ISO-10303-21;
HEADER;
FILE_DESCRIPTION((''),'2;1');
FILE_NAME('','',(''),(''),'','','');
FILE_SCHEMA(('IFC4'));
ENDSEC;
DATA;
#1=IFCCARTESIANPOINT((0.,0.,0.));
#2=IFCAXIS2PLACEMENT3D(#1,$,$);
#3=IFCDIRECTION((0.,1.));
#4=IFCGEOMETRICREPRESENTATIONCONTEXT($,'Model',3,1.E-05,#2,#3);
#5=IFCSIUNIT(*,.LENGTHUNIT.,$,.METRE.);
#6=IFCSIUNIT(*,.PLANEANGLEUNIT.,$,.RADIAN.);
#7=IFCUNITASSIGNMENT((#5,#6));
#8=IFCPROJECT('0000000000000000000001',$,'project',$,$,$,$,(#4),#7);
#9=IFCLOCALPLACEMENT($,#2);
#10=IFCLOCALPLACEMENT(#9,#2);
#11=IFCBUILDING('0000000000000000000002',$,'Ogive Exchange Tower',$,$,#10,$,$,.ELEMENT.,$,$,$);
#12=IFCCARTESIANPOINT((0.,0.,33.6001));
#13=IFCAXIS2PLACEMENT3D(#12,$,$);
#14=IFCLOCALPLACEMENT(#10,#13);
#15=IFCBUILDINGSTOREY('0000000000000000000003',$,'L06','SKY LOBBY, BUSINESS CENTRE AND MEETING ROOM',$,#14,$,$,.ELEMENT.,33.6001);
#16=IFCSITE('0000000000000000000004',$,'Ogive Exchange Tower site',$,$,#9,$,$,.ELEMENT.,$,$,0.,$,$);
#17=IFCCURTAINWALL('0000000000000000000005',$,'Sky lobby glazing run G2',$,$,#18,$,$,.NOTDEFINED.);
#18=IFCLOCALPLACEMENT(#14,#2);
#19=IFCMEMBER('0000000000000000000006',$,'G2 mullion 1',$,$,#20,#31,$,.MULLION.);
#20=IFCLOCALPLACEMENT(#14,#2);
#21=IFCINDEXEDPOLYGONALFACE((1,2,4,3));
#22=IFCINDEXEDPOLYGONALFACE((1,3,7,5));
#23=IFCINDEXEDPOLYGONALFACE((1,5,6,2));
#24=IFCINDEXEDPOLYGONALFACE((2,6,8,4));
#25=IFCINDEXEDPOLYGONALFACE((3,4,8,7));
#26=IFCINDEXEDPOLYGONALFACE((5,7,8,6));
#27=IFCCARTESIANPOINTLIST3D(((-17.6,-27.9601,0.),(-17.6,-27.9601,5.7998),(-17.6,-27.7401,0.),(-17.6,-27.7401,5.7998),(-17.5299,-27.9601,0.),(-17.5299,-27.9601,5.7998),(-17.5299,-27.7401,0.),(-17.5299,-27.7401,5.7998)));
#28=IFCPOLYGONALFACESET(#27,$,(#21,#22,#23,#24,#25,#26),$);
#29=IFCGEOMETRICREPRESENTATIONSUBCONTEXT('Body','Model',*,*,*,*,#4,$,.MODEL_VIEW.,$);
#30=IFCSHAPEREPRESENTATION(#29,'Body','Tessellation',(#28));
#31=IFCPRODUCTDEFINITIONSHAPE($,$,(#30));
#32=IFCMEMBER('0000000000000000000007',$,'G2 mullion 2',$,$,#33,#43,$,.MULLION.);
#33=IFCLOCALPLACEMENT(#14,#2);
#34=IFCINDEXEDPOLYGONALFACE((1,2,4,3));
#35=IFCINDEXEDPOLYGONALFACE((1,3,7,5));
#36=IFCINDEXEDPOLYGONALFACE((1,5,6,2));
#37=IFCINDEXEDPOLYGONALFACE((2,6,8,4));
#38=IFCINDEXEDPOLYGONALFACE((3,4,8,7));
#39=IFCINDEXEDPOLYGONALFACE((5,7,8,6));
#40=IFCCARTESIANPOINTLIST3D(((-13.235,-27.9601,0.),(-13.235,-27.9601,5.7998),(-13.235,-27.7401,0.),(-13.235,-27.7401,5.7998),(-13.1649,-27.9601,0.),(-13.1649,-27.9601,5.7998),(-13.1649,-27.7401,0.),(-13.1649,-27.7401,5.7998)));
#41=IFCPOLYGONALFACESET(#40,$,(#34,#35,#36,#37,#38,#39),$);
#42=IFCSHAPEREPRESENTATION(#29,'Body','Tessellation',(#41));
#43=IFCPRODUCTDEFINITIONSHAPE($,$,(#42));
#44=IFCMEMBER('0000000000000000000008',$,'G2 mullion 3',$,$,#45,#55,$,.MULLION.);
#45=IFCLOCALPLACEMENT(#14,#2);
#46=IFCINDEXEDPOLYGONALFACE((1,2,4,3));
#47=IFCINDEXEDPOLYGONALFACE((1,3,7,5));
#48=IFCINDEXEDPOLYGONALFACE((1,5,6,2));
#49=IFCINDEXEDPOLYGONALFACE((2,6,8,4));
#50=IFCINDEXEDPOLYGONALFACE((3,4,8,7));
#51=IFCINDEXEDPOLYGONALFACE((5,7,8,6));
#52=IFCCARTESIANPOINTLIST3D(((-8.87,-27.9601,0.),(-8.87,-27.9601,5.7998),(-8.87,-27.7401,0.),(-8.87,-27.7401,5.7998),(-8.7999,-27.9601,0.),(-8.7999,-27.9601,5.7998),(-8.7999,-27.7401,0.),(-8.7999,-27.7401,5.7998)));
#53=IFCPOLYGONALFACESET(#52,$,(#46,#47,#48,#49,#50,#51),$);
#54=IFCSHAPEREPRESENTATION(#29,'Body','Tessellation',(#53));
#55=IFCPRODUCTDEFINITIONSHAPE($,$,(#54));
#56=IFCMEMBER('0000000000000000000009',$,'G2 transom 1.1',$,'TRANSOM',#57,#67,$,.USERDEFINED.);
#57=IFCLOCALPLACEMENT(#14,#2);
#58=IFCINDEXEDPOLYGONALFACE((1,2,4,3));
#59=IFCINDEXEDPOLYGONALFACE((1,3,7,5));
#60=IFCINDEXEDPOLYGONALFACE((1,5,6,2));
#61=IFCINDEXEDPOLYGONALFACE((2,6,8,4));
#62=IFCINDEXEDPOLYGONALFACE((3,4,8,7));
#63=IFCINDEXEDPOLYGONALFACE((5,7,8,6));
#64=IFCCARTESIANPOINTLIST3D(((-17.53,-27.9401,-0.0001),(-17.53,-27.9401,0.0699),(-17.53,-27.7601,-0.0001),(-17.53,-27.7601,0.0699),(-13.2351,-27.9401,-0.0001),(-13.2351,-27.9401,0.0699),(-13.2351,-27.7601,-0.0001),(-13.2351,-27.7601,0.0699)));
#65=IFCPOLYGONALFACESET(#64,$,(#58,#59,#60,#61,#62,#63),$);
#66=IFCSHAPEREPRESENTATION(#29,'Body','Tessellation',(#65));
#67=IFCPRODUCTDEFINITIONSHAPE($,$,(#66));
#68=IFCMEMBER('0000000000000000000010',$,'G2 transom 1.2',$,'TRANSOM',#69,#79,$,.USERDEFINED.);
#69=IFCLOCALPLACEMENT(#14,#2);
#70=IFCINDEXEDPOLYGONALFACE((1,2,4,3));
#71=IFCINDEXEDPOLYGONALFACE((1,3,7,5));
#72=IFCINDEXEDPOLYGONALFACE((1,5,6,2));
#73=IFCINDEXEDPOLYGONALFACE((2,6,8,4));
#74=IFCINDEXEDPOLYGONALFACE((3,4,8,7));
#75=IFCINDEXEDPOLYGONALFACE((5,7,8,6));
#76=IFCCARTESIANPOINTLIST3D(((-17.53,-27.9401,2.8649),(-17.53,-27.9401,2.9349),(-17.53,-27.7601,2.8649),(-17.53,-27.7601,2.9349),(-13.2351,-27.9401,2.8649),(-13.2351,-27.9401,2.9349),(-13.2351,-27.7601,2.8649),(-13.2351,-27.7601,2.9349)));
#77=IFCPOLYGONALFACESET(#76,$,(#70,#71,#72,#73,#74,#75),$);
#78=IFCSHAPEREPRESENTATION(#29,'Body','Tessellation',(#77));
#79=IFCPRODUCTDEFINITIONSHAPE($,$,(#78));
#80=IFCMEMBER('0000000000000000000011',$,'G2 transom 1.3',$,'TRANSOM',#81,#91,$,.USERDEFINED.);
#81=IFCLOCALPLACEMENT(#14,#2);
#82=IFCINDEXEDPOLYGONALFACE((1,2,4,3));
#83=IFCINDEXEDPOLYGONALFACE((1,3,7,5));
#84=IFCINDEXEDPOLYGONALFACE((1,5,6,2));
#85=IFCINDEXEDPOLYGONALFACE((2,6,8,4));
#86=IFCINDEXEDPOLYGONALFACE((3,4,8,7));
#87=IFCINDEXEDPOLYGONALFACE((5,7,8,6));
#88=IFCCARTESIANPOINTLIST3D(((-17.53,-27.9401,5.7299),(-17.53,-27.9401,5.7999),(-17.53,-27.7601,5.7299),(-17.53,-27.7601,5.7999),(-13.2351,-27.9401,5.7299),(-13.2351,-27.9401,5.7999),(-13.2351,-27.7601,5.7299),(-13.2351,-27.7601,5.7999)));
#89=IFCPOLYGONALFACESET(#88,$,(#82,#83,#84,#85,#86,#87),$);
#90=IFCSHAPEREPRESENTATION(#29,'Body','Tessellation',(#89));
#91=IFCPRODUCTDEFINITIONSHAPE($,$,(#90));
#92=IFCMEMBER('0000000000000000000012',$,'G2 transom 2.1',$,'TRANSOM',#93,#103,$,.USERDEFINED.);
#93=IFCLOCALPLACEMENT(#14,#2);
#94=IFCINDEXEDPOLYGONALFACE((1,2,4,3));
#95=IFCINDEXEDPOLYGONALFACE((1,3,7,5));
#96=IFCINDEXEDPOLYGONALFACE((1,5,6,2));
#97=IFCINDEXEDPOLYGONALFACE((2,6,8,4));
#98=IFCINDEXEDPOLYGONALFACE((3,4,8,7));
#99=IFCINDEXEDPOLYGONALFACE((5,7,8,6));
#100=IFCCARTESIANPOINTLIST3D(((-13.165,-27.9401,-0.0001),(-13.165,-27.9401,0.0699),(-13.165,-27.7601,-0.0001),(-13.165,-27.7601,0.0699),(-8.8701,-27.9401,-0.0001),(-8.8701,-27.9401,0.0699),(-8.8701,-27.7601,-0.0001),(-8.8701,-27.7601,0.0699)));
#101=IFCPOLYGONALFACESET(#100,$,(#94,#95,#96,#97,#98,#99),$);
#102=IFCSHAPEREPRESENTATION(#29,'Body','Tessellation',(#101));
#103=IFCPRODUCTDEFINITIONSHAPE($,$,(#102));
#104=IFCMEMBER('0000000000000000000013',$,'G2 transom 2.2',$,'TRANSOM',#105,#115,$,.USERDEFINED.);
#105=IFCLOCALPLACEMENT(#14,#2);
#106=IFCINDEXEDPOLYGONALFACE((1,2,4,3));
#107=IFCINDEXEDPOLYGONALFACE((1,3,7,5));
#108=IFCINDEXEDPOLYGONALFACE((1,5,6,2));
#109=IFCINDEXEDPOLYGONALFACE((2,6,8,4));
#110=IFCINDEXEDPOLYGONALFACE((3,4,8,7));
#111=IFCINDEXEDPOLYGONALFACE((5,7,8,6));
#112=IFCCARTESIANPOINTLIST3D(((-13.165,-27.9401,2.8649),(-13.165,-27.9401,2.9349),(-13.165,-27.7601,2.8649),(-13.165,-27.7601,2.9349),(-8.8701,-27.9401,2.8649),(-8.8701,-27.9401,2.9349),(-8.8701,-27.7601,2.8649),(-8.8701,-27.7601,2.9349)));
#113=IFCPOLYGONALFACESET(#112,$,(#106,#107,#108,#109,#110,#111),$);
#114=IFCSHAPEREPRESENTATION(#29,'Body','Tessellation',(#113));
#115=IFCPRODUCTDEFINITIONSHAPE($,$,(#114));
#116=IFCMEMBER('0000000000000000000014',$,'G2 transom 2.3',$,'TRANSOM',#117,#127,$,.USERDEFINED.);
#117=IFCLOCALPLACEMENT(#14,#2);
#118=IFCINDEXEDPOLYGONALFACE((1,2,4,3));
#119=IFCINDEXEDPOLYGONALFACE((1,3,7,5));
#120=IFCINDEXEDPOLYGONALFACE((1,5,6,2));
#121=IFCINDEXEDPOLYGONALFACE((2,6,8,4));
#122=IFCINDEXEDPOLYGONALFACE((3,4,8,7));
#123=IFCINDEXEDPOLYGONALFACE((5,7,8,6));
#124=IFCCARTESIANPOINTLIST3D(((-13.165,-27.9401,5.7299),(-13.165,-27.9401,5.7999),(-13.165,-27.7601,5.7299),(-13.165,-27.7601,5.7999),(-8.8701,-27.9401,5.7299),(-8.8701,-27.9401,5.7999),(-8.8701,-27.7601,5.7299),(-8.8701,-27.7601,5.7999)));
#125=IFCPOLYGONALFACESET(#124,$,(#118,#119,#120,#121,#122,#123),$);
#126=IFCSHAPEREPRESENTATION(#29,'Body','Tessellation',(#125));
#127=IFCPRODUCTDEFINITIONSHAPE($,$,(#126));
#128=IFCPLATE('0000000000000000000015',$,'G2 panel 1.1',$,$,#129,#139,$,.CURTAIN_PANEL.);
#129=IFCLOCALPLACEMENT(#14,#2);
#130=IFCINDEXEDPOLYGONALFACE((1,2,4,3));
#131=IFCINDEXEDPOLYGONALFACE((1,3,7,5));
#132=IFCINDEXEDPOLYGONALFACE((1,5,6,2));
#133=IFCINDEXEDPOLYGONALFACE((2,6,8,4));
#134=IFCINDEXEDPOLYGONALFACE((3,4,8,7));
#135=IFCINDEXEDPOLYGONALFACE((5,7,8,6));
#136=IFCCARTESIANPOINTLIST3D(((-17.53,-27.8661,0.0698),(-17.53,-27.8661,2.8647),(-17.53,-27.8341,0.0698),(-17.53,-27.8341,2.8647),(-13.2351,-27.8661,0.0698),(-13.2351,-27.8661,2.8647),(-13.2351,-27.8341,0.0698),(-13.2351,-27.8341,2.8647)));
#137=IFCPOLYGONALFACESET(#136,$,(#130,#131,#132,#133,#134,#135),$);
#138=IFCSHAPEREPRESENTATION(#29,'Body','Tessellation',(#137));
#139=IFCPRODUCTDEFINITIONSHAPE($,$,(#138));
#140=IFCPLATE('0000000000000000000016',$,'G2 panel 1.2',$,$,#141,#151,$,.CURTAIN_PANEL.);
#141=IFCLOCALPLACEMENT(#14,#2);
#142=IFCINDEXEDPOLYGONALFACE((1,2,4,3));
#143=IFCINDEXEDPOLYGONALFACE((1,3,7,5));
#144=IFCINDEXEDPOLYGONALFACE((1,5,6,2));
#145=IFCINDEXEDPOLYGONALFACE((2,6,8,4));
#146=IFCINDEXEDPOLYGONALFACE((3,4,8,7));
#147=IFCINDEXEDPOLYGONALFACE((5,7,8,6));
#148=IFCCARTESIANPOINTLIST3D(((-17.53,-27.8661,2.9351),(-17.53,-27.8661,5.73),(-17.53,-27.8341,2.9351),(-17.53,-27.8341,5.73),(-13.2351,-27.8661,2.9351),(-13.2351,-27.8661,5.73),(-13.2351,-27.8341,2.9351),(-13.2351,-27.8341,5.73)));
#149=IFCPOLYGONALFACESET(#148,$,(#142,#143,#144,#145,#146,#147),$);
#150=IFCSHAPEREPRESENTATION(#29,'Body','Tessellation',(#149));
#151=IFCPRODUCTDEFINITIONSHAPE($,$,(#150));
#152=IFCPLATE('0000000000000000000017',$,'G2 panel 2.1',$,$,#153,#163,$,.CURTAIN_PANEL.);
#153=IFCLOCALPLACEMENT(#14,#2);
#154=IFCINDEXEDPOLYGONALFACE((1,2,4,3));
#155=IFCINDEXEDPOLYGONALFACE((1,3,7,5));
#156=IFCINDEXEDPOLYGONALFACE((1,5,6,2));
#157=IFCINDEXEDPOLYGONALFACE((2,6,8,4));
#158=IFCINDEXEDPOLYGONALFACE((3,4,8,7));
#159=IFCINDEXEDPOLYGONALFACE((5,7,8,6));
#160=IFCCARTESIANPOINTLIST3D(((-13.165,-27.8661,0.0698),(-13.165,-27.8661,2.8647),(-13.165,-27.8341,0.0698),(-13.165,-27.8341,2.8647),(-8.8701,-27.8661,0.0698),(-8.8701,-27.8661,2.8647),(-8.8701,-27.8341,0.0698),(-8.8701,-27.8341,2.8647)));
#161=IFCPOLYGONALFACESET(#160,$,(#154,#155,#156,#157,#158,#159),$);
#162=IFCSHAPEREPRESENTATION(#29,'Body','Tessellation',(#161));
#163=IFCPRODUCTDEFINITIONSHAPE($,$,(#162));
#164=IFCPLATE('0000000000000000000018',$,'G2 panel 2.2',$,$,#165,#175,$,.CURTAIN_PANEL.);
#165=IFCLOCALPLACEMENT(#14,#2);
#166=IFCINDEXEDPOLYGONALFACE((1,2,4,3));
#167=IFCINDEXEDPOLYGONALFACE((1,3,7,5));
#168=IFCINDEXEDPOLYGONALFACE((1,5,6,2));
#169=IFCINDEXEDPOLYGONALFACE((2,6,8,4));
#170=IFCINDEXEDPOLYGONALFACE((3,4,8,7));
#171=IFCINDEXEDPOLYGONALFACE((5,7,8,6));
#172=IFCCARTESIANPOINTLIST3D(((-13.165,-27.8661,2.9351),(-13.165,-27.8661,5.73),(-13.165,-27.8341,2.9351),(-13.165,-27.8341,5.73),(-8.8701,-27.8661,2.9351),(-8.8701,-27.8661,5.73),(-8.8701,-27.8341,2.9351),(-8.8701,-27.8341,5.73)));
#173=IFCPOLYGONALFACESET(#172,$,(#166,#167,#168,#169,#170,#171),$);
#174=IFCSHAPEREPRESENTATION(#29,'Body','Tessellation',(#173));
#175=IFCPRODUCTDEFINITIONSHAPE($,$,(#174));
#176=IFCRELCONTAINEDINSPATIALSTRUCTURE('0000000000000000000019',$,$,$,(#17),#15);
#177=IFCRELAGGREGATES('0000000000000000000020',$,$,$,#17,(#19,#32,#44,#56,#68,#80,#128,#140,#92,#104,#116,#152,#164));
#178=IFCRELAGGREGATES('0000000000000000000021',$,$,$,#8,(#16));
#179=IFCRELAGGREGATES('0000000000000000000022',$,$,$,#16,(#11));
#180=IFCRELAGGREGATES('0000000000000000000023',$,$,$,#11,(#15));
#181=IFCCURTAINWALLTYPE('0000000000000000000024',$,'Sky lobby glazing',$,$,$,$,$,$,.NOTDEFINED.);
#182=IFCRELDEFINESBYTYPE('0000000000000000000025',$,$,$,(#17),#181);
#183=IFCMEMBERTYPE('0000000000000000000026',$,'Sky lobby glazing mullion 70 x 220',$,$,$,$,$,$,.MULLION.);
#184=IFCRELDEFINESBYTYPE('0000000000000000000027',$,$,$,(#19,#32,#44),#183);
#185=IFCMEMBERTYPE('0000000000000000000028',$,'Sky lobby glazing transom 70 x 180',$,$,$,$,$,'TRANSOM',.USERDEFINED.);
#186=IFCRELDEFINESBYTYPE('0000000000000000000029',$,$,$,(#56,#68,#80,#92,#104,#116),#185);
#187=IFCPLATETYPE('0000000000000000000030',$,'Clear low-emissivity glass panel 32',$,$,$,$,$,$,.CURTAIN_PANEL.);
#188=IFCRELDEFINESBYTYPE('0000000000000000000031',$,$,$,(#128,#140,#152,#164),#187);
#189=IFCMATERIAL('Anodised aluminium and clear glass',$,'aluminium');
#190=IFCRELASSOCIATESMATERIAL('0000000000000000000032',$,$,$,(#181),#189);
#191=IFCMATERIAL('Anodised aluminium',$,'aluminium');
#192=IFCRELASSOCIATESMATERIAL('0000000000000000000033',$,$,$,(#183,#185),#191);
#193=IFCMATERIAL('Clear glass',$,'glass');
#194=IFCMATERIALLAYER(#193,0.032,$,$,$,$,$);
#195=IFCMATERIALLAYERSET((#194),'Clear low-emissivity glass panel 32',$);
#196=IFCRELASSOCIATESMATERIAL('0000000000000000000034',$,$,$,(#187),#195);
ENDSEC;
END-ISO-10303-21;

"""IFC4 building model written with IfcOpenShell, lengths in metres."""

from ifc_helpers import new_model, si_unit, direction, frame, origin, origin_2d, place, context, subcontext, project, spatial, rectangle, extrude, material, layer, layer_set, material_profile, profile_set, type_object, element, aggregate, save


model = new_model("IFC4")

# Units and contexts
model_context = context("Model", 3, precision=1e-05, world=origin(), true_north=direction((0.0, 1.0)))
body_context = subcontext(model_context, "Body", "Model", "MODEL_VIEW")
ifc_project = project(units=[si_unit("LENGTHUNIT", "METRE"), si_unit("PLANEANGLEUNIT", "RADIAN")], contexts=[model_context])

# Site, building, storey
site_placement = place(None, origin())
site = spatial("IfcSite", under=ifc_project, at=site_placement, Name="Ogive Exchange Tower site", CompositionType="ELEMENT", RefElevation=0.0)
building_placement = place(site_placement, origin())
building = spatial("IfcBuilding", under=site, at=building_placement, Name="Ogive Exchange Tower", CompositionType="ELEMENT")
storey_placement = place(building_placement, frame((0.0, 0.0, 33.6001)))
storey = spatial("IfcBuildingStorey", under=building, at=storey_placement, Name="L06", Description="SKY LOBBY, BUSINESS CENTRE AND MEETING ROOM", CompositionType="ELEMENT", Elevation=33.6001)

# Curtain wall, members, plates
ifc_material_1 = material(Name="Anodised aluminium and clear glass", Category="aluminium")
curtain_wall_type = type_object("IfcCurtainWallType", Name="Sky lobby glazing", PredefinedType="NOTDEFINED", material=ifc_material_1)
curtain_wall_placement = place(storey_placement, origin())
curtain_wall = element("IfcCurtainWall", 1, at=curtain_wall_placement, inside=storey, type_object=curtain_wall_type, Name="Sky lobby glazing run G2", PredefinedType="NOTDEFINED")
ifc_material_2 = material(Name="Anodised aluminium", Category="aluminium")
ifc_material_profile_1 = material_profile(ifc_material_2, rectangle(XDim=0.22, YDim=0.0701, at=origin_2d()), Name="AL 70x220")
ifc_profile_set_1 = profile_set([ifc_material_profile_1], Name="Anodised aluminium")
member_type_1 = type_object("IfcMemberType", Name="Sky lobby glazing mullion 70 x 220", PredefinedType="MULLION", material=ifc_profile_set_1)
member_1_placement = place(storey_placement, frame((-17.5649, -27.8501, 0.0), z_axis=(0.0, 0.0, 1.0), x_axis=(0.0, 1.0, 0.0)))
member_1 = element("IfcMember", 2, at=member_1_placement, type_object=member_type_1, Name="G2 mullion 1", PredefinedType="MULLION", context=body_context, shape_type="SweptSolid", body=[
    extrude(rectangle(XDim=0.22, YDim=0.0701, at=origin_2d()), origin(), (0.0, 0.0, 1.0), 5.7998),
])
member_2_placement = place(storey_placement, frame((-13.2, -27.8501, 0.0), z_axis=(0.0, 0.0, 1.0), x_axis=(0.0, 1.0, 0.0)))
member_2 = element("IfcMember", 3, at=member_2_placement, type_object=member_type_1, Name="G2 mullion 2", PredefinedType="MULLION", context=body_context, shape_type="SweptSolid", body=[
    extrude(rectangle(XDim=0.22, YDim=0.0701, at=origin_2d()), origin(), (0.0, 0.0, 1.0), 5.7998),
])
member_3_placement = place(storey_placement, frame((-8.835, -27.8501, 0.0), z_axis=(0.0, 0.0, 1.0), x_axis=(0.0, 1.0, 0.0)))
member_3 = element("IfcMember", 4, at=member_3_placement, type_object=member_type_1, Name="G2 mullion 3", PredefinedType="MULLION", context=body_context, shape_type="SweptSolid", body=[
    extrude(rectangle(XDim=0.22, YDim=0.0701, at=origin_2d()), origin(), (0.0, 0.0, 1.0), 5.7998),
])
ifc_material_profile_2 = material_profile(ifc_material_2, rectangle(XDim=0.1799, YDim=0.0701, at=origin_2d()), Name="AL 70x180")
ifc_profile_set_2 = profile_set([ifc_material_profile_2], Name="Anodised aluminium")
member_type_2 = type_object("IfcMemberType", Name="Sky lobby glazing transom 70 x 180", ElementType="TRANSOM", PredefinedType="USERDEFINED", material=ifc_profile_set_2)
member_4_placement = place(storey_placement, frame((-17.53, -27.8501, 0.0349), z_axis=(1.0, 0.0, 0.0), x_axis=(0.0, 1.0, 0.0)))
member_4 = element("IfcMember", 5, at=member_4_placement, type_object=member_type_2, Name="G2 transom 1.1", ObjectType="TRANSOM", PredefinedType="USERDEFINED", context=body_context, shape_type="SweptSolid", body=[
    extrude(rectangle(XDim=0.1799, YDim=0.0701, at=origin_2d()), origin(), (0.0, 0.0, 1.0), 4.2949),
])
member_5_placement = place(storey_placement, frame((-17.53, -27.8501, 2.8999), z_axis=(1.0, 0.0, 0.0), x_axis=(0.0, 1.0, 0.0)))
member_5 = element("IfcMember", 6, at=member_5_placement, type_object=member_type_2, Name="G2 transom 1.2", ObjectType="TRANSOM", PredefinedType="USERDEFINED", context=body_context, shape_type="SweptSolid", body=[
    extrude(rectangle(XDim=0.1799, YDim=0.0701, at=origin_2d()), origin(), (0.0, 0.0, 1.0), 4.2949),
])
member_6_placement = place(storey_placement, frame((-17.53, -27.8501, 5.7649), z_axis=(1.0, 0.0, 0.0), x_axis=(0.0, 1.0, 0.0)))
member_6 = element("IfcMember", 7, at=member_6_placement, type_object=member_type_2, Name="G2 transom 1.3", ObjectType="TRANSOM", PredefinedType="USERDEFINED", context=body_context, shape_type="SweptSolid", body=[
    extrude(rectangle(XDim=0.1799, YDim=0.0701, at=origin_2d()), origin(), (0.0, 0.0, 1.0), 4.2949),
])
member_7_placement = place(storey_placement, frame((-13.165, -27.8501, 0.0349), z_axis=(1.0, 0.0, 0.0), x_axis=(0.0, 1.0, 0.0)))
member_7 = element("IfcMember", 8, at=member_7_placement, type_object=member_type_2, Name="G2 transom 2.1", ObjectType="TRANSOM", PredefinedType="USERDEFINED", context=body_context, shape_type="SweptSolid", body=[
    extrude(rectangle(XDim=0.1799, YDim=0.0701, at=origin_2d()), origin(), (0.0, 0.0, 1.0), 4.2949),
])
member_8_placement = place(storey_placement, frame((-13.165, -27.8501, 2.8999), z_axis=(1.0, 0.0, 0.0), x_axis=(0.0, 1.0, 0.0)))
member_8 = element("IfcMember", 9, at=member_8_placement, type_object=member_type_2, Name="G2 transom 2.2", ObjectType="TRANSOM", PredefinedType="USERDEFINED", context=body_context, shape_type="SweptSolid", body=[
    extrude(rectangle(XDim=0.1799, YDim=0.0701, at=origin_2d()), origin(), (0.0, 0.0, 1.0), 4.2949),
])
member_9_placement = place(storey_placement, frame((-13.165, -27.8501, 5.7649), z_axis=(1.0, 0.0, 0.0), x_axis=(0.0, 1.0, 0.0)))
member_9 = element("IfcMember", 10, at=member_9_placement, type_object=member_type_2, Name="G2 transom 2.3", ObjectType="TRANSOM", PredefinedType="USERDEFINED", context=body_context, shape_type="SweptSolid", body=[
    extrude(rectangle(XDim=0.1799, YDim=0.0701, at=origin_2d()), origin(), (0.0, 0.0, 1.0), 4.2949),
])
ifc_material_3 = material(Name="Clear glass", Category="glass")
ifc_layer_1 = layer(ifc_material_3, 0.032)
ifc_layer_set_1 = layer_set([ifc_layer_1], Name="Clear low-emissivity glass panel 32")
plate_type = type_object("IfcPlateType", Name="Clear low-emissivity glass panel 32", PredefinedType="CURTAIN_PANEL", material=ifc_layer_set_1)
plate_1_placement = place(storey_placement, frame((-15.3826, -27.8501, 0.0698), z_axis=(0.0, 0.0, 1.0), x_axis=(1.0, 0.0, 0.0)))
plate_1 = element("IfcPlate", 11, at=plate_1_placement, type_object=plate_type, Name="G2 panel 1.1", PredefinedType="CURTAIN_PANEL", context=body_context, shape_type="SweptSolid", body=[
    extrude(rectangle(XDim=4.2949, YDim=0.032, at=origin_2d()), origin(), (0.0, 0.0, 1.0), 2.7949),
])
plate_2_placement = place(storey_placement, frame((-15.3826, -27.8501, 2.9351), z_axis=(0.0, 0.0, 1.0), x_axis=(1.0, 0.0, 0.0)))
plate_2 = element("IfcPlate", 12, at=plate_2_placement, type_object=plate_type, Name="G2 panel 1.2", PredefinedType="CURTAIN_PANEL", context=body_context, shape_type="SweptSolid", body=[
    extrude(rectangle(XDim=4.2949, YDim=0.032, at=origin_2d()), origin(), (0.0, 0.0, 1.0), 2.7949),
])
plate_3_placement = place(storey_placement, frame((-11.0176, -27.8501, 0.0698), z_axis=(0.0, 0.0, 1.0), x_axis=(1.0, 0.0, 0.0)))
plate_3 = element("IfcPlate", 13, at=plate_3_placement, type_object=plate_type, Name="G2 panel 2.1", PredefinedType="CURTAIN_PANEL", context=body_context, shape_type="SweptSolid", body=[
    extrude(rectangle(XDim=4.2949, YDim=0.032, at=origin_2d()), origin(), (0.0, 0.0, 1.0), 2.7949),
])
plate_4_placement = place(storey_placement, frame((-11.0176, -27.8501, 2.9351), z_axis=(0.0, 0.0, 1.0), x_axis=(1.0, 0.0, 0.0)))
plate_4 = element("IfcPlate", 14, at=plate_4_placement, type_object=plate_type, Name="G2 panel 2.2", PredefinedType="CURTAIN_PANEL", context=body_context, shape_type="SweptSolid", body=[
    extrude(rectangle(XDim=4.2949, YDim=0.032, at=origin_2d()), origin(), (0.0, 0.0, 1.0), 2.7949),
])
aggregate(curtain_wall, [member_1, member_2, member_3, member_4, member_5, member_6, plate_1, plate_2, member_7, member_8, member_9, plate_3, plate_4])

save(model, "model.ifc")
